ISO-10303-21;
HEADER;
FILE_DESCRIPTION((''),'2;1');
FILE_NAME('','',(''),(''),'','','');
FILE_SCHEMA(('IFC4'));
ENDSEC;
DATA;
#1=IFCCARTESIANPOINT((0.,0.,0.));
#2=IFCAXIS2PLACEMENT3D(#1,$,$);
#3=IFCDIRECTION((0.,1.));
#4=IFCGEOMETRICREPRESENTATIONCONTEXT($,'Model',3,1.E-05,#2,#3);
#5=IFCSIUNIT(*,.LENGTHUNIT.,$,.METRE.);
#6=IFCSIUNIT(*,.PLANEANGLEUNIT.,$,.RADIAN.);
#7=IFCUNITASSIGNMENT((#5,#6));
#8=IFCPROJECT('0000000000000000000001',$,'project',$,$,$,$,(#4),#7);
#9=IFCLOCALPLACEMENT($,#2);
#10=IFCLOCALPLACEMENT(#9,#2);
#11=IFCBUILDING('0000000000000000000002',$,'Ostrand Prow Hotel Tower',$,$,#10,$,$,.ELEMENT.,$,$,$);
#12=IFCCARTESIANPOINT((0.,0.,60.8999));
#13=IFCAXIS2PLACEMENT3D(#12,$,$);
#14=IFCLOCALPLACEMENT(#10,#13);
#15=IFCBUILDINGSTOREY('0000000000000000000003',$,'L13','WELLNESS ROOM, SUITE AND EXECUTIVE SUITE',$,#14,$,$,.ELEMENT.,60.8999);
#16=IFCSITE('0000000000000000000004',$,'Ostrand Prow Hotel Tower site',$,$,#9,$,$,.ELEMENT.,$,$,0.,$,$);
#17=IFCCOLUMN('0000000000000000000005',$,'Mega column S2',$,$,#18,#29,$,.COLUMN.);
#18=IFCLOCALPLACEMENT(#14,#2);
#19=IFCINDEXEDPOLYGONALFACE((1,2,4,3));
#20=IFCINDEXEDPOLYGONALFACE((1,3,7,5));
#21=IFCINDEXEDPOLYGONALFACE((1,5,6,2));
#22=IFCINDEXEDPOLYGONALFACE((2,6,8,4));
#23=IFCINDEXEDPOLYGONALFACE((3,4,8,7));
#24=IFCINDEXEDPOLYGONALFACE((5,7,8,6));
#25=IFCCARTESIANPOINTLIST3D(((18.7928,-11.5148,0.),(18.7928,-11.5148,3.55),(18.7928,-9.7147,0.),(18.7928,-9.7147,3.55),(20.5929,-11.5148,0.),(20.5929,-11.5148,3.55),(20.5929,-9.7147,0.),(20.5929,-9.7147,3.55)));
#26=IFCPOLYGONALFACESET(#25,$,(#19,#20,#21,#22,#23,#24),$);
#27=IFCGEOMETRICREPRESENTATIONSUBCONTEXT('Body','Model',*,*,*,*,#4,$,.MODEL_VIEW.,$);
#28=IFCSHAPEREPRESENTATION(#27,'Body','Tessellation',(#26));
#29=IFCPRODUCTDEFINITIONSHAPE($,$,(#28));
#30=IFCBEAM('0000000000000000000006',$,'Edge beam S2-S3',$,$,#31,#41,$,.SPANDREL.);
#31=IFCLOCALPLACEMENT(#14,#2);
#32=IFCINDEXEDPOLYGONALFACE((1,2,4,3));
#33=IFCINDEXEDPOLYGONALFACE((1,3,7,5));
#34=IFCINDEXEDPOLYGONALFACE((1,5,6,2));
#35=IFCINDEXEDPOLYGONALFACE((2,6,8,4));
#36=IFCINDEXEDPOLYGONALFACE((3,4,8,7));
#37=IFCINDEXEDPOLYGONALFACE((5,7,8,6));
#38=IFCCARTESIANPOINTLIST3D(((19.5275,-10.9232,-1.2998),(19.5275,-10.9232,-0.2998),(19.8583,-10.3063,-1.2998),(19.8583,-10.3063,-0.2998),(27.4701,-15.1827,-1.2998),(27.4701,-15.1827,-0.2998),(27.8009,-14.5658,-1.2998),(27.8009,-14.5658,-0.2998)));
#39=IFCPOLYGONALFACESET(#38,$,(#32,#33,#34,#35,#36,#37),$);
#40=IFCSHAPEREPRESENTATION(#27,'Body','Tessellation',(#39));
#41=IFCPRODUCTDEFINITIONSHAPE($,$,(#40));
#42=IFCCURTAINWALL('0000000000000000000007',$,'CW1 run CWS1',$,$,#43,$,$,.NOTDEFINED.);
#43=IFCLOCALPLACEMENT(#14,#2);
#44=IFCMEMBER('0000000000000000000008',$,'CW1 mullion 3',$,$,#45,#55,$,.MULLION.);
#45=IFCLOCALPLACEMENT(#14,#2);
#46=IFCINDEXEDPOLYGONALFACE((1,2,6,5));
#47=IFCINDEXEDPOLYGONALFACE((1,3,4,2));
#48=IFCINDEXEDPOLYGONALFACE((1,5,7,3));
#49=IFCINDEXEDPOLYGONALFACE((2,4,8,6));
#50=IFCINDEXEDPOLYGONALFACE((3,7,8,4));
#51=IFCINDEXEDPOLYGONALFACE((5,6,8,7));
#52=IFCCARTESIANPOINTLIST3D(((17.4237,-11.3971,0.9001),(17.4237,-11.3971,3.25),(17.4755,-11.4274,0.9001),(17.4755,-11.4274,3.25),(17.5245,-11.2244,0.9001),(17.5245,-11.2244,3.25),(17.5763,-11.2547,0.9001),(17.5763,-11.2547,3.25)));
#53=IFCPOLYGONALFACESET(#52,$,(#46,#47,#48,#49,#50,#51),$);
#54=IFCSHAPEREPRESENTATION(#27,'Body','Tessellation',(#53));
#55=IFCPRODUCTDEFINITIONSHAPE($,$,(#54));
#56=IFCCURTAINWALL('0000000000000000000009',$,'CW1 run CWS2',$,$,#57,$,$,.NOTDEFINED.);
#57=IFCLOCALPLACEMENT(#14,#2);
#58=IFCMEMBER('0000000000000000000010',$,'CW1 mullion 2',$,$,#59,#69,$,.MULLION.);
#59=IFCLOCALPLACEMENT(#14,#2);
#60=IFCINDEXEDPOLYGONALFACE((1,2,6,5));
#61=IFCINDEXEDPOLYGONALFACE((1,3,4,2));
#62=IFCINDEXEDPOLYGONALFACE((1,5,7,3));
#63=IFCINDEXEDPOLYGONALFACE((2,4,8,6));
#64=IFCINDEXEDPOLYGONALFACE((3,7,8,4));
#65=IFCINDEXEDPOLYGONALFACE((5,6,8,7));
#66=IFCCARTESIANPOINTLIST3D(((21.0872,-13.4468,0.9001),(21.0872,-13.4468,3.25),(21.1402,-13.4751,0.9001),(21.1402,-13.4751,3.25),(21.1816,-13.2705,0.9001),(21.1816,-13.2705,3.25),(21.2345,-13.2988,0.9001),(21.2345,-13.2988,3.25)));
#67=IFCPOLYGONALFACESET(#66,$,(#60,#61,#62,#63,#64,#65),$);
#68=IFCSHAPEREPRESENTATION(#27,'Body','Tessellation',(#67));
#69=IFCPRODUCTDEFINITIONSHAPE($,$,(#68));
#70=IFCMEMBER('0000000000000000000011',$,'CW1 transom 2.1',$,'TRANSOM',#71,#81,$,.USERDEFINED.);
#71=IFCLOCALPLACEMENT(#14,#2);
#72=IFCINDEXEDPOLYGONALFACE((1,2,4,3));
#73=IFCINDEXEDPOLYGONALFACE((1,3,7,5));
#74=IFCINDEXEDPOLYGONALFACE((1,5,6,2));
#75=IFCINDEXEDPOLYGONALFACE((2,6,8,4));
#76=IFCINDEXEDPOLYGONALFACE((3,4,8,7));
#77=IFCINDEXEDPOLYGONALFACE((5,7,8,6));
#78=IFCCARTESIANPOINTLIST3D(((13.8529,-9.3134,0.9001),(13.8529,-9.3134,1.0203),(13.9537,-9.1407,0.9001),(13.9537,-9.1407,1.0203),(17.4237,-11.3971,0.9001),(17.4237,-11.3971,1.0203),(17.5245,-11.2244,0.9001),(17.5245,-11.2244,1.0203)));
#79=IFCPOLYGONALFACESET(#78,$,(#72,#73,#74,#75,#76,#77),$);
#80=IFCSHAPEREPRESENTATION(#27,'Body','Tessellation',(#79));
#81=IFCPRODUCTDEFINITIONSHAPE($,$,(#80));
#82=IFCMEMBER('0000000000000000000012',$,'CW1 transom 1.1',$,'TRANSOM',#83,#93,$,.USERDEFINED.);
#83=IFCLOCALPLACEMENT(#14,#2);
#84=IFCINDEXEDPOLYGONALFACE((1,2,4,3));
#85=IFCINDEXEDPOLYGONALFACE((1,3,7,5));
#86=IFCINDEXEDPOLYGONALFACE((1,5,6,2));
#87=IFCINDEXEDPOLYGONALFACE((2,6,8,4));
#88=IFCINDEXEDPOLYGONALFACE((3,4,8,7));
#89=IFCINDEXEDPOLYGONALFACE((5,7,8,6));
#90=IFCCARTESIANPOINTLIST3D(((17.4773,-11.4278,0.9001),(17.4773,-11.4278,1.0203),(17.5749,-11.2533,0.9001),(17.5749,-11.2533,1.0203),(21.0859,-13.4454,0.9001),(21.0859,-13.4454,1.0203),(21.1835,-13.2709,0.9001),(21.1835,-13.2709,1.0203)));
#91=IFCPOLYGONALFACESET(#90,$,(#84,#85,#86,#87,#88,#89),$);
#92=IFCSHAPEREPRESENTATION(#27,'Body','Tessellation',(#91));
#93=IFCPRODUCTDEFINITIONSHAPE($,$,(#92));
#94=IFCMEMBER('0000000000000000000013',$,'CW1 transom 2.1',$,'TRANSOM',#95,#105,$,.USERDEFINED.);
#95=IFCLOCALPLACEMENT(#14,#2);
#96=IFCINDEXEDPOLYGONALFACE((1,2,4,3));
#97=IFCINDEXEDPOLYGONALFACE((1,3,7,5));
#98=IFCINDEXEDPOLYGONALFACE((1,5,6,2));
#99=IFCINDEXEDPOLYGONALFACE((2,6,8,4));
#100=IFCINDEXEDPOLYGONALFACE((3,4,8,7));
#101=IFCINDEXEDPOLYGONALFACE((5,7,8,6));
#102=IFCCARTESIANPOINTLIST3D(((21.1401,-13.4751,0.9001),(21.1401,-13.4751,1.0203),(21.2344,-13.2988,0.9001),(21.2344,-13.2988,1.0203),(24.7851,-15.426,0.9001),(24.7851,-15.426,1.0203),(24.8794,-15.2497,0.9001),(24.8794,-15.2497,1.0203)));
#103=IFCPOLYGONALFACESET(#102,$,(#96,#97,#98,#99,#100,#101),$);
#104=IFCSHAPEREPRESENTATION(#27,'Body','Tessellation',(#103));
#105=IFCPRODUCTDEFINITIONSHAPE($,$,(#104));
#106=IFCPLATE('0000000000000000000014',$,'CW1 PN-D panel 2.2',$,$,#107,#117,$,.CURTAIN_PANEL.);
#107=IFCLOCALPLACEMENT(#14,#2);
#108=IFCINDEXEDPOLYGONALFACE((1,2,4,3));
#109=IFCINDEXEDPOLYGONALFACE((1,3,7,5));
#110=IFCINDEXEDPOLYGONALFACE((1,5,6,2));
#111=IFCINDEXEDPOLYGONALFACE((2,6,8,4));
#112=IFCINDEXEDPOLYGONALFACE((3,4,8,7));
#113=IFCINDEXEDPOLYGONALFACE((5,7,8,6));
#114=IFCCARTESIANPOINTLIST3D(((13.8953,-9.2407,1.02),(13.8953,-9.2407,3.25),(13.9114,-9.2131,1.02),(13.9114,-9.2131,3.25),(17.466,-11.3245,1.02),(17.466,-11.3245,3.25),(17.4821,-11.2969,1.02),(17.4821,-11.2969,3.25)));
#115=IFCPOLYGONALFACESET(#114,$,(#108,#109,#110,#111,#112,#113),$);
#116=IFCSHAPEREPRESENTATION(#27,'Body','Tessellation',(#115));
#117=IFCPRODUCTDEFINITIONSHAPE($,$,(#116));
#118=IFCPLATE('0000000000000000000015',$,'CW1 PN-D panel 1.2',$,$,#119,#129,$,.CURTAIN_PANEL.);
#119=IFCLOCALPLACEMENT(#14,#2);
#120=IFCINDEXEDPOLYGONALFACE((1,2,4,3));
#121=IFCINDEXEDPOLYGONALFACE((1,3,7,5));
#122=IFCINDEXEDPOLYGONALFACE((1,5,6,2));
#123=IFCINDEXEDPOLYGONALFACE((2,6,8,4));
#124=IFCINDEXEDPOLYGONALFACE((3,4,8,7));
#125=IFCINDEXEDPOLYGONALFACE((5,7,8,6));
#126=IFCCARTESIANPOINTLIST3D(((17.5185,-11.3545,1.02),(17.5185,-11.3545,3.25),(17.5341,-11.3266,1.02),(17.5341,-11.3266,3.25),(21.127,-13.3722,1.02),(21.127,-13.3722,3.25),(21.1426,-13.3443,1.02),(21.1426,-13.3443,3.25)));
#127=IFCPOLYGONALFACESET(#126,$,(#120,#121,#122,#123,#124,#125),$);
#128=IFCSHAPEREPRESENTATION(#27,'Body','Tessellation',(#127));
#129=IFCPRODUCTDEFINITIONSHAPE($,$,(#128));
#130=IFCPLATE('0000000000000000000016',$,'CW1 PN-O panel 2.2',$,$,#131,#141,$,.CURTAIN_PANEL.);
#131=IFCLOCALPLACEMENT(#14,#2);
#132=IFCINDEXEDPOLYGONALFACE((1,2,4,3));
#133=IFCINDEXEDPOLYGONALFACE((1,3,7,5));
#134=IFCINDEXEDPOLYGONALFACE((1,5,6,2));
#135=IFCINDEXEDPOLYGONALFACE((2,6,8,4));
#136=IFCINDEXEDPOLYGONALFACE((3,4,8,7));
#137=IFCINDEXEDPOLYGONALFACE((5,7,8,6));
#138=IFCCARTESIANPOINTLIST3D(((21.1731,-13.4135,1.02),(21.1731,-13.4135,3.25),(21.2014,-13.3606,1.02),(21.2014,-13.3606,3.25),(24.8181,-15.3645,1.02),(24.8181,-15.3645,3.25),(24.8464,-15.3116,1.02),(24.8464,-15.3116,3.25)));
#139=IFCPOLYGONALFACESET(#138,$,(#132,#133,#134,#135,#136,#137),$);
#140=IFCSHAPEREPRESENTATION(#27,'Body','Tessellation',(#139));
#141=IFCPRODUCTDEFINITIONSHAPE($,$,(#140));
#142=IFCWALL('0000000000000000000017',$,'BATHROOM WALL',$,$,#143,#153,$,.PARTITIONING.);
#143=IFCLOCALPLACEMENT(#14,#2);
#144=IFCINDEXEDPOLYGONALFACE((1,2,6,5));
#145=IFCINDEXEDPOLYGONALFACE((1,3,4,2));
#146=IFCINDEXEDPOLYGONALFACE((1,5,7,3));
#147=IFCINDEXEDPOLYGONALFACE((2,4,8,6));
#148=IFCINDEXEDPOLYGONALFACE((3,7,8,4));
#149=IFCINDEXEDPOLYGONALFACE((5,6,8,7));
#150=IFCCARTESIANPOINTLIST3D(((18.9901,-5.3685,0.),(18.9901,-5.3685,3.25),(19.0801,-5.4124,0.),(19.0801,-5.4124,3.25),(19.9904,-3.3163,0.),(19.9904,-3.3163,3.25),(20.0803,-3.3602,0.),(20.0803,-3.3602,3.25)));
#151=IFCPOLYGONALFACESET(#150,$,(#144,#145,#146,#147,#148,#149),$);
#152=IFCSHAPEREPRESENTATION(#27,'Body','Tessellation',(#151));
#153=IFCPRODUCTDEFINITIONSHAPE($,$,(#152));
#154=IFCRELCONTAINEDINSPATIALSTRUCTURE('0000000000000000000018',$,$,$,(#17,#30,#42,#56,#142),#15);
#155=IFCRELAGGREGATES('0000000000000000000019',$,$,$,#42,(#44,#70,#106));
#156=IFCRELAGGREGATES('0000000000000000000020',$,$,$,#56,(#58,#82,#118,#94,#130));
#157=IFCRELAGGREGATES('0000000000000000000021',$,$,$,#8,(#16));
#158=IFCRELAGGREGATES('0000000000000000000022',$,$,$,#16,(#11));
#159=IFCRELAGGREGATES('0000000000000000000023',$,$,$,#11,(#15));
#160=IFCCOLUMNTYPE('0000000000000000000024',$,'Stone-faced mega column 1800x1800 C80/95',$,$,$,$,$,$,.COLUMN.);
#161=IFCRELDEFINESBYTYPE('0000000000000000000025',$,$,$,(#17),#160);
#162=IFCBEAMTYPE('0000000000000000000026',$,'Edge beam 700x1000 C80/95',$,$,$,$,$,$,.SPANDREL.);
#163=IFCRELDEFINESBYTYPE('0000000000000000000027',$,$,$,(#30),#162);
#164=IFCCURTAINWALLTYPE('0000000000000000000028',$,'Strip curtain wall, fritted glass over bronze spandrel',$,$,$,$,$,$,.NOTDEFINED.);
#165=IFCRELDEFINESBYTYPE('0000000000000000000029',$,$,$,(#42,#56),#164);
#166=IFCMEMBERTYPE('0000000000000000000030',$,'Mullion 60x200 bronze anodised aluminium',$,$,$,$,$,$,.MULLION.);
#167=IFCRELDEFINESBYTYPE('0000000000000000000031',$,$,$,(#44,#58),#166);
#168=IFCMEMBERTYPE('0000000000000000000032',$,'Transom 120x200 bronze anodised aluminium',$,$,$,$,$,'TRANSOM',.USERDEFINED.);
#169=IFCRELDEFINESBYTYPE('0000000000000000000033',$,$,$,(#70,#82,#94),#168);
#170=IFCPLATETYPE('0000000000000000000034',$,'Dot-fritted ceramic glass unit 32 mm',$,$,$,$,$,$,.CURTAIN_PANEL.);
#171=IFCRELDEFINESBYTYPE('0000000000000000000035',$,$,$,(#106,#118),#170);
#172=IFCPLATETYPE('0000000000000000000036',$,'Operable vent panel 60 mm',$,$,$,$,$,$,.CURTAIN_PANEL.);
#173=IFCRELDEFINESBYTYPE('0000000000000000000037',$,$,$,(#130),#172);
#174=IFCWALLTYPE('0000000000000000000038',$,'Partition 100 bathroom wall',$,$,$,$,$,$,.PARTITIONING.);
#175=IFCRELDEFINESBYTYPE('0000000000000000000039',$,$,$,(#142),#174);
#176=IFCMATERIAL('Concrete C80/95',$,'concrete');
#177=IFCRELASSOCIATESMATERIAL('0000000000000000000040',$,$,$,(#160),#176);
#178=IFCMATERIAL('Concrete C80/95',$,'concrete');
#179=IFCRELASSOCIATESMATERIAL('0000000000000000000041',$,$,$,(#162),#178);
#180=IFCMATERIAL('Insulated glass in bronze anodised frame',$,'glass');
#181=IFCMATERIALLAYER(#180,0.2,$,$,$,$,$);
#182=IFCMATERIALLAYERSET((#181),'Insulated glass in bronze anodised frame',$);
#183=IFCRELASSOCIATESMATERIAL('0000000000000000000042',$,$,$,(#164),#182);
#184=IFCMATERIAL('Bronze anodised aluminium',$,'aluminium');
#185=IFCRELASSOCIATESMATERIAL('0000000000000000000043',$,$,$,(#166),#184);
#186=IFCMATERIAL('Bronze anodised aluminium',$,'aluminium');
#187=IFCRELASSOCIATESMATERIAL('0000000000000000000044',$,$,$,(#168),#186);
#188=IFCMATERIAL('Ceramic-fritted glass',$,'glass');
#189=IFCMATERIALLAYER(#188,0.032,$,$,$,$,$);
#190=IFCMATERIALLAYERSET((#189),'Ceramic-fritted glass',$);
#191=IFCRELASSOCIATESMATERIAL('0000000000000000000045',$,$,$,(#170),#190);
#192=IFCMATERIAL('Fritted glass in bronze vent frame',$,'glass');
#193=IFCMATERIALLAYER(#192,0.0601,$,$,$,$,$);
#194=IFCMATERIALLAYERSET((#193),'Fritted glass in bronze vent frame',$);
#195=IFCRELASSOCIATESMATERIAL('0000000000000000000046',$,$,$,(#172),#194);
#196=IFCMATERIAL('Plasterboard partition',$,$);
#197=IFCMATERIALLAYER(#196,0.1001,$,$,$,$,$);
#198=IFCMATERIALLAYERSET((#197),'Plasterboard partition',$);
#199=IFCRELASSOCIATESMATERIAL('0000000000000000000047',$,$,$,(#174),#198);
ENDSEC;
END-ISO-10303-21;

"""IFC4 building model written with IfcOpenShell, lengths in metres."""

from ifc_helpers import new_model, si_unit, direction, frame, frame_2d, origin, origin_2d, place, context, subcontext, project, spatial, rectangle, extrude, material, layer, layer_set, material_profile, profile_set, type_object, element, aggregate, save


model = new_model("IFC4")

# Units and contexts
model_context = context("Model", 3, precision=1e-05, world=origin(), true_north=direction((0.0, 1.0)))
body_context = subcontext(model_context, "Body", "Model", "MODEL_VIEW")
ifc_project = project(units=[si_unit("LENGTHUNIT", "METRE"), si_unit("PLANEANGLEUNIT", "RADIAN")], contexts=[model_context])

# Site, building, storey
site_placement = place(None, origin())
site = spatial("IfcSite", under=ifc_project, at=site_placement, Name="Ostrand Prow Hotel Tower site", CompositionType="ELEMENT", RefElevation=0.0)
building_placement = place(site_placement, origin())
building = spatial("IfcBuilding", under=site, at=building_placement, Name="Ostrand Prow Hotel Tower", CompositionType="ELEMENT")
storey_placement = place(building_placement, frame((0.0, 0.0, 60.8999)))
storey = spatial("IfcBuildingStorey", under=building, at=storey_placement, Name="L13", Description="WELLNESS ROOM, SUITE AND EXECUTIVE SUITE", CompositionType="ELEMENT", Elevation=60.8999)

# Column
ifc_material_1 = material(Name="Concrete C80/95", Category="concrete")
ifc_material_profile_1 = material_profile(ifc_material_1, rectangle(XDim=1.8, YDim=1.8, at=origin_2d()), Name="RC 1800x1800")
ifc_profile_set_1 = profile_set([ifc_material_profile_1], Name="Concrete C80/95")
column_type = type_object("IfcColumnType", Name="Stone-faced mega column 1800x1800 C80/95", PredefinedType="COLUMN", material=ifc_profile_set_1)
column_placement = place(storey_placement, frame((19.6929, -10.6147, 0.0), z_axis=(0.0, 0.0, 1.0), x_axis=(1.0, 0.0, 0.0)))
element("IfcColumn", 1, at=column_placement, inside=storey, type_object=column_type, Name="Mega column S2", PredefinedType="COLUMN", context=body_context, shape_type="SweptSolid", body=[
    extrude(rectangle(XDim=1.8, YDim=1.8, at=origin_2d()), origin(), (0.0, 0.0, 1.0), 3.55),
])

# Beam
ifc_material_2 = material(Name="Concrete C80/95", Category="concrete")
ifc_material_profile_2 = material_profile(ifc_material_2, rectangle(XDim=0.7, YDim=1.0, at=origin_2d()), Name="RC 700x1000")
ifc_profile_set_2 = profile_set([ifc_material_profile_2], Name="Concrete C80/95")
beam_type = type_object("IfcBeamType", Name="Edge beam 700x1000 C80/95", PredefinedType="SPANDREL", material=ifc_profile_set_2)
beam_placement = place(storey_placement, frame((19.6929, -10.6147, -0.7998), z_axis=(0.88127, -0.472613, 0.0), x_axis=(0.472613, 0.88127, 0.0)))
element("IfcBeam", 2, at=beam_placement, inside=storey, type_object=beam_type, Name="Edge beam S2-S3", PredefinedType="SPANDREL", context=body_context, shape_type="SweptSolid", body=[
    extrude(rectangle(XDim=0.7, YDim=1.0, at=origin_2d()), origin(), (0.0, 0.0, 1.0), 9.0127),
])

# Curtain walls, members
ifc_material_3 = material(Name="Insulated glass in bronze anodised frame", Category="glass")
ifc_layer_1 = layer(ifc_material_3, 0.2)
ifc_layer_set_1 = layer_set([ifc_layer_1], Name="Insulated glass in bronze anodised frame")
curtain_wall_type = type_object("IfcCurtainWallType", Name="Strip curtain wall, fritted glass over bronze spandrel", PredefinedType="NOTDEFINED", material=ifc_layer_set_1)
curtain_wall_1_placement = place(storey_placement, origin())
curtain_wall_1 = element("IfcCurtainWall", 3, at=curtain_wall_1_placement, inside=storey, type_object=curtain_wall_type, Name="CW1 run CWS1", PredefinedType="NOTDEFINED")
ifc_material_4 = material(Name="Bronze anodised aluminium", Category="aluminium")
ifc_material_profile_3 = material_profile(ifc_material_4, rectangle(XDim=0.2, YDim=0.0601, at=origin_2d()), Name="Mullion 60x200 bronze anodised aluminium")
ifc_profile_set_3 = profile_set([ifc_material_profile_3], Name="Bronze anodised aluminium")
member_type_1 = type_object("IfcMemberType", Name="Mullion 60x200 bronze anodised aluminium", PredefinedType="MULLION", material=ifc_profile_set_3)
member_1_placement = place(storey_placement, frame((17.5, -11.3259, 0.9001), z_axis=(0.0, 0.0, 1.0), x_axis=(0.504023, 0.86369, 0.0)))
member_1 = element("IfcMember", 4, at=member_1_placement, type_object=member_type_1, Name="CW1 mullion 3", PredefinedType="MULLION", context=body_context, shape_type="SweptSolid", body=[
    extrude(rectangle(XDim=0.2, YDim=0.0601, at=origin_2d()), origin(), (0.0, 0.0, 1.0), 2.3499),
])
curtain_wall_2_placement = place(storey_placement, origin())
curtain_wall_2 = element("IfcCurtainWall", 5, at=curtain_wall_2_placement, inside=storey, type_object=curtain_wall_type, Name="CW1 run CWS2", PredefinedType="NOTDEFINED")
member_2_placement = place(storey_placement, frame((21.1609, -13.3728, 0.9001), z_axis=(0.0, 0.0, 1.0), x_axis=(0.4719, 0.881652, 0.0)))
member_2 = element("IfcMember", 6, at=member_2_placement, type_object=member_type_1, Name="CW1 mullion 2", PredefinedType="MULLION", context=body_context, shape_type="SweptSolid", body=[
    extrude(rectangle(XDim=0.2, YDim=0.0601, at=origin_2d()), origin(), (0.0, 0.0, 1.0), 2.3499),
])

# Members
ifc_material_5 = material(Name="Bronze anodised aluminium", Category="aluminium")
ifc_material_profile_4 = material_profile(ifc_material_5, rectangle(XDim=0.2, YDim=0.1201, at=origin_2d()), Name="Transom 120x200 bronze anodised aluminium")
ifc_profile_set_4 = profile_set([ifc_material_profile_4], Name="Bronze anodised aluminium")
member_type_2 = type_object("IfcMemberType", Name="Transom 120x200 bronze anodised aluminium", ElementType="TRANSOM", PredefinedType="USERDEFINED", material=ifc_profile_set_4)
member_3_placement = place(storey_placement, frame((13.9033, -9.2271, 0.9602), z_axis=(0.863698, -0.504011, 0.0), x_axis=(0.504011, 0.863698, 0.0)))
member_3 = element("IfcMember", 7, at=member_3_placement, type_object=member_type_2, Name="CW1 transom 2.1", ObjectType="TRANSOM", PredefinedType="USERDEFINED", context=body_context, shape_type="SweptSolid", body=[
    extrude(rectangle(XDim=0.2, YDim=0.1201, at=origin_2d()), origin(), (0.0, 0.0, 1.0), 4.1343),
])
member_4_placement = place(storey_placement, frame((17.5261, -11.3406, 0.9602), z_axis=(0.872842, -0.488003, 0.0), x_axis=(0.488003, 0.872842, 0.0)))
member_4 = element("IfcMember", 8, at=member_4_placement, type_object=member_type_2, Name="CW1 transom 1.1", ObjectType="TRANSOM", PredefinedType="USERDEFINED", context=body_context, shape_type="SweptSolid", body=[
    extrude(rectangle(XDim=0.2, YDim=0.1201, at=origin_2d()), origin(), (0.0, 0.0, 1.0), 4.1343),
])
member_5_placement = place(storey_placement, frame((21.1873, -13.387, 0.9602), z_axis=(0.881657, -0.47189, 0.0), x_axis=(0.47189, 0.881657, 0.0)))
member_5 = element("IfcMember", 9, at=member_5_placement, type_object=member_type_2, Name="CW1 transom 2.1", ObjectType="TRANSOM", PredefinedType="USERDEFINED", context=body_context, shape_type="SweptSolid", body=[
    extrude(rectangle(XDim=0.2, YDim=0.1201, at=origin_2d()), origin(), (0.0, 0.0, 1.0), 4.1343),
])

# Plates
ifc_material_6 = material(Name="Ceramic-fritted glass", Category="glass")
ifc_layer_2 = layer(ifc_material_6, 0.032)
ifc_layer_set_2 = layer_set([ifc_layer_2], Name="Ceramic-fritted glass")
plate_type_1 = type_object("IfcPlateType", Name="Dot-fritted ceramic glass unit 32 mm", PredefinedType="CURTAIN_PANEL", material=ifc_layer_set_2)
plate_1_placement = place(storey_placement, frame((15.6887, -10.2688, 1.02), z_axis=(0.0, 0.0, 1.0), x_axis=(0.86369, -0.504023, 0.0)))
plate_1 = element("IfcPlate", 10, at=plate_1_placement, type_object=plate_type_1, Name="CW1 PN-D panel 2.2", PredefinedType="CURTAIN_PANEL", context=body_context, shape_type="SweptSolid", body=[
    extrude(rectangle(XDim=4.1343, YDim=0.032, at=origin_2d()), origin(), (0.0, 0.0, 1.0), 2.23),
])
aggregate(curtain_wall_1, [member_1, member_3, plate_1])
plate_2_placement = place(storey_placement, frame((19.3306, -12.3494, 1.02), z_axis=(0.0, 0.0, 1.0), x_axis=(0.872819, -0.488044, 0.0)))
plate_2 = element("IfcPlate", 11, at=plate_2_placement, type_object=plate_type_1, Name="CW1 PN-D panel 1.2", PredefinedType="CURTAIN_PANEL", context=body_context, shape_type="SweptSolid", body=[
    extrude(rectangle(XDim=4.1343, YDim=0.032, at=origin_2d()), origin(), (0.0, 0.0, 1.0), 2.23),
])
ifc_material_7 = material(Name="Fritted glass in bronze vent frame", Category="glass")
ifc_layer_3 = layer(ifc_material_7, 0.0601)
ifc_layer_set_3 = layer_set([ifc_layer_3], Name="Fritted glass in bronze vent frame")
plate_type_2 = type_object("IfcPlateType", Name="Operable vent panel 60 mm", PredefinedType="CURTAIN_PANEL", material=ifc_layer_set_3)
plate_3_placement = place(storey_placement, frame((23.0098, -14.3625, 1.02), z_axis=(0.0, 0.0, 1.0), x_axis=(0.881652, -0.4719, 0.0)))
plate_3 = element("IfcPlate", 12, at=plate_3_placement, type_object=plate_type_2, Name="CW1 PN-O panel 2.2", PredefinedType="CURTAIN_PANEL", context=body_context, shape_type="SweptSolid", body=[
    extrude(rectangle(XDim=4.1343, YDim=0.0601, at=origin_2d()), origin(), (0.0, 0.0, 1.0), 2.23),
])
aggregate(curtain_wall_2, [member_2, member_4, plate_2, member_5, plate_3])

# Wall
ifc_material_8 = material(Name="Plasterboard partition")
ifc_layer_4 = layer(ifc_material_8, 0.1001)
ifc_layer_set_4 = layer_set([ifc_layer_4], Name="Plasterboard partition")
wall_type_1 = type_object("IfcWallType", Name="Partition 100 bathroom wall", PredefinedType="PARTITIONING", material=ifc_layer_set_4)
wall_1_placement = place(storey_placement, frame((20.0354, -3.3381, 0.0), z_axis=(0.0, 0.0, 1.0), x_axis=(-0.438122, -0.898915, 0.0)))
element("IfcWall", 13, at=wall_1_placement, inside=storey, type_object=wall_type_1, Name="BATHROOM WALL", PredefinedType="PARTITIONING", context=body_context, shape_type="SweptSolid", body=[
    extrude(rectangle(XDim=2.283, YDim=0.1001, at=frame_2d((1.1416, 0.0))), origin(), (0.0, 0.0, 1.0), 3.25),
])

save(model, "model.ifc")
